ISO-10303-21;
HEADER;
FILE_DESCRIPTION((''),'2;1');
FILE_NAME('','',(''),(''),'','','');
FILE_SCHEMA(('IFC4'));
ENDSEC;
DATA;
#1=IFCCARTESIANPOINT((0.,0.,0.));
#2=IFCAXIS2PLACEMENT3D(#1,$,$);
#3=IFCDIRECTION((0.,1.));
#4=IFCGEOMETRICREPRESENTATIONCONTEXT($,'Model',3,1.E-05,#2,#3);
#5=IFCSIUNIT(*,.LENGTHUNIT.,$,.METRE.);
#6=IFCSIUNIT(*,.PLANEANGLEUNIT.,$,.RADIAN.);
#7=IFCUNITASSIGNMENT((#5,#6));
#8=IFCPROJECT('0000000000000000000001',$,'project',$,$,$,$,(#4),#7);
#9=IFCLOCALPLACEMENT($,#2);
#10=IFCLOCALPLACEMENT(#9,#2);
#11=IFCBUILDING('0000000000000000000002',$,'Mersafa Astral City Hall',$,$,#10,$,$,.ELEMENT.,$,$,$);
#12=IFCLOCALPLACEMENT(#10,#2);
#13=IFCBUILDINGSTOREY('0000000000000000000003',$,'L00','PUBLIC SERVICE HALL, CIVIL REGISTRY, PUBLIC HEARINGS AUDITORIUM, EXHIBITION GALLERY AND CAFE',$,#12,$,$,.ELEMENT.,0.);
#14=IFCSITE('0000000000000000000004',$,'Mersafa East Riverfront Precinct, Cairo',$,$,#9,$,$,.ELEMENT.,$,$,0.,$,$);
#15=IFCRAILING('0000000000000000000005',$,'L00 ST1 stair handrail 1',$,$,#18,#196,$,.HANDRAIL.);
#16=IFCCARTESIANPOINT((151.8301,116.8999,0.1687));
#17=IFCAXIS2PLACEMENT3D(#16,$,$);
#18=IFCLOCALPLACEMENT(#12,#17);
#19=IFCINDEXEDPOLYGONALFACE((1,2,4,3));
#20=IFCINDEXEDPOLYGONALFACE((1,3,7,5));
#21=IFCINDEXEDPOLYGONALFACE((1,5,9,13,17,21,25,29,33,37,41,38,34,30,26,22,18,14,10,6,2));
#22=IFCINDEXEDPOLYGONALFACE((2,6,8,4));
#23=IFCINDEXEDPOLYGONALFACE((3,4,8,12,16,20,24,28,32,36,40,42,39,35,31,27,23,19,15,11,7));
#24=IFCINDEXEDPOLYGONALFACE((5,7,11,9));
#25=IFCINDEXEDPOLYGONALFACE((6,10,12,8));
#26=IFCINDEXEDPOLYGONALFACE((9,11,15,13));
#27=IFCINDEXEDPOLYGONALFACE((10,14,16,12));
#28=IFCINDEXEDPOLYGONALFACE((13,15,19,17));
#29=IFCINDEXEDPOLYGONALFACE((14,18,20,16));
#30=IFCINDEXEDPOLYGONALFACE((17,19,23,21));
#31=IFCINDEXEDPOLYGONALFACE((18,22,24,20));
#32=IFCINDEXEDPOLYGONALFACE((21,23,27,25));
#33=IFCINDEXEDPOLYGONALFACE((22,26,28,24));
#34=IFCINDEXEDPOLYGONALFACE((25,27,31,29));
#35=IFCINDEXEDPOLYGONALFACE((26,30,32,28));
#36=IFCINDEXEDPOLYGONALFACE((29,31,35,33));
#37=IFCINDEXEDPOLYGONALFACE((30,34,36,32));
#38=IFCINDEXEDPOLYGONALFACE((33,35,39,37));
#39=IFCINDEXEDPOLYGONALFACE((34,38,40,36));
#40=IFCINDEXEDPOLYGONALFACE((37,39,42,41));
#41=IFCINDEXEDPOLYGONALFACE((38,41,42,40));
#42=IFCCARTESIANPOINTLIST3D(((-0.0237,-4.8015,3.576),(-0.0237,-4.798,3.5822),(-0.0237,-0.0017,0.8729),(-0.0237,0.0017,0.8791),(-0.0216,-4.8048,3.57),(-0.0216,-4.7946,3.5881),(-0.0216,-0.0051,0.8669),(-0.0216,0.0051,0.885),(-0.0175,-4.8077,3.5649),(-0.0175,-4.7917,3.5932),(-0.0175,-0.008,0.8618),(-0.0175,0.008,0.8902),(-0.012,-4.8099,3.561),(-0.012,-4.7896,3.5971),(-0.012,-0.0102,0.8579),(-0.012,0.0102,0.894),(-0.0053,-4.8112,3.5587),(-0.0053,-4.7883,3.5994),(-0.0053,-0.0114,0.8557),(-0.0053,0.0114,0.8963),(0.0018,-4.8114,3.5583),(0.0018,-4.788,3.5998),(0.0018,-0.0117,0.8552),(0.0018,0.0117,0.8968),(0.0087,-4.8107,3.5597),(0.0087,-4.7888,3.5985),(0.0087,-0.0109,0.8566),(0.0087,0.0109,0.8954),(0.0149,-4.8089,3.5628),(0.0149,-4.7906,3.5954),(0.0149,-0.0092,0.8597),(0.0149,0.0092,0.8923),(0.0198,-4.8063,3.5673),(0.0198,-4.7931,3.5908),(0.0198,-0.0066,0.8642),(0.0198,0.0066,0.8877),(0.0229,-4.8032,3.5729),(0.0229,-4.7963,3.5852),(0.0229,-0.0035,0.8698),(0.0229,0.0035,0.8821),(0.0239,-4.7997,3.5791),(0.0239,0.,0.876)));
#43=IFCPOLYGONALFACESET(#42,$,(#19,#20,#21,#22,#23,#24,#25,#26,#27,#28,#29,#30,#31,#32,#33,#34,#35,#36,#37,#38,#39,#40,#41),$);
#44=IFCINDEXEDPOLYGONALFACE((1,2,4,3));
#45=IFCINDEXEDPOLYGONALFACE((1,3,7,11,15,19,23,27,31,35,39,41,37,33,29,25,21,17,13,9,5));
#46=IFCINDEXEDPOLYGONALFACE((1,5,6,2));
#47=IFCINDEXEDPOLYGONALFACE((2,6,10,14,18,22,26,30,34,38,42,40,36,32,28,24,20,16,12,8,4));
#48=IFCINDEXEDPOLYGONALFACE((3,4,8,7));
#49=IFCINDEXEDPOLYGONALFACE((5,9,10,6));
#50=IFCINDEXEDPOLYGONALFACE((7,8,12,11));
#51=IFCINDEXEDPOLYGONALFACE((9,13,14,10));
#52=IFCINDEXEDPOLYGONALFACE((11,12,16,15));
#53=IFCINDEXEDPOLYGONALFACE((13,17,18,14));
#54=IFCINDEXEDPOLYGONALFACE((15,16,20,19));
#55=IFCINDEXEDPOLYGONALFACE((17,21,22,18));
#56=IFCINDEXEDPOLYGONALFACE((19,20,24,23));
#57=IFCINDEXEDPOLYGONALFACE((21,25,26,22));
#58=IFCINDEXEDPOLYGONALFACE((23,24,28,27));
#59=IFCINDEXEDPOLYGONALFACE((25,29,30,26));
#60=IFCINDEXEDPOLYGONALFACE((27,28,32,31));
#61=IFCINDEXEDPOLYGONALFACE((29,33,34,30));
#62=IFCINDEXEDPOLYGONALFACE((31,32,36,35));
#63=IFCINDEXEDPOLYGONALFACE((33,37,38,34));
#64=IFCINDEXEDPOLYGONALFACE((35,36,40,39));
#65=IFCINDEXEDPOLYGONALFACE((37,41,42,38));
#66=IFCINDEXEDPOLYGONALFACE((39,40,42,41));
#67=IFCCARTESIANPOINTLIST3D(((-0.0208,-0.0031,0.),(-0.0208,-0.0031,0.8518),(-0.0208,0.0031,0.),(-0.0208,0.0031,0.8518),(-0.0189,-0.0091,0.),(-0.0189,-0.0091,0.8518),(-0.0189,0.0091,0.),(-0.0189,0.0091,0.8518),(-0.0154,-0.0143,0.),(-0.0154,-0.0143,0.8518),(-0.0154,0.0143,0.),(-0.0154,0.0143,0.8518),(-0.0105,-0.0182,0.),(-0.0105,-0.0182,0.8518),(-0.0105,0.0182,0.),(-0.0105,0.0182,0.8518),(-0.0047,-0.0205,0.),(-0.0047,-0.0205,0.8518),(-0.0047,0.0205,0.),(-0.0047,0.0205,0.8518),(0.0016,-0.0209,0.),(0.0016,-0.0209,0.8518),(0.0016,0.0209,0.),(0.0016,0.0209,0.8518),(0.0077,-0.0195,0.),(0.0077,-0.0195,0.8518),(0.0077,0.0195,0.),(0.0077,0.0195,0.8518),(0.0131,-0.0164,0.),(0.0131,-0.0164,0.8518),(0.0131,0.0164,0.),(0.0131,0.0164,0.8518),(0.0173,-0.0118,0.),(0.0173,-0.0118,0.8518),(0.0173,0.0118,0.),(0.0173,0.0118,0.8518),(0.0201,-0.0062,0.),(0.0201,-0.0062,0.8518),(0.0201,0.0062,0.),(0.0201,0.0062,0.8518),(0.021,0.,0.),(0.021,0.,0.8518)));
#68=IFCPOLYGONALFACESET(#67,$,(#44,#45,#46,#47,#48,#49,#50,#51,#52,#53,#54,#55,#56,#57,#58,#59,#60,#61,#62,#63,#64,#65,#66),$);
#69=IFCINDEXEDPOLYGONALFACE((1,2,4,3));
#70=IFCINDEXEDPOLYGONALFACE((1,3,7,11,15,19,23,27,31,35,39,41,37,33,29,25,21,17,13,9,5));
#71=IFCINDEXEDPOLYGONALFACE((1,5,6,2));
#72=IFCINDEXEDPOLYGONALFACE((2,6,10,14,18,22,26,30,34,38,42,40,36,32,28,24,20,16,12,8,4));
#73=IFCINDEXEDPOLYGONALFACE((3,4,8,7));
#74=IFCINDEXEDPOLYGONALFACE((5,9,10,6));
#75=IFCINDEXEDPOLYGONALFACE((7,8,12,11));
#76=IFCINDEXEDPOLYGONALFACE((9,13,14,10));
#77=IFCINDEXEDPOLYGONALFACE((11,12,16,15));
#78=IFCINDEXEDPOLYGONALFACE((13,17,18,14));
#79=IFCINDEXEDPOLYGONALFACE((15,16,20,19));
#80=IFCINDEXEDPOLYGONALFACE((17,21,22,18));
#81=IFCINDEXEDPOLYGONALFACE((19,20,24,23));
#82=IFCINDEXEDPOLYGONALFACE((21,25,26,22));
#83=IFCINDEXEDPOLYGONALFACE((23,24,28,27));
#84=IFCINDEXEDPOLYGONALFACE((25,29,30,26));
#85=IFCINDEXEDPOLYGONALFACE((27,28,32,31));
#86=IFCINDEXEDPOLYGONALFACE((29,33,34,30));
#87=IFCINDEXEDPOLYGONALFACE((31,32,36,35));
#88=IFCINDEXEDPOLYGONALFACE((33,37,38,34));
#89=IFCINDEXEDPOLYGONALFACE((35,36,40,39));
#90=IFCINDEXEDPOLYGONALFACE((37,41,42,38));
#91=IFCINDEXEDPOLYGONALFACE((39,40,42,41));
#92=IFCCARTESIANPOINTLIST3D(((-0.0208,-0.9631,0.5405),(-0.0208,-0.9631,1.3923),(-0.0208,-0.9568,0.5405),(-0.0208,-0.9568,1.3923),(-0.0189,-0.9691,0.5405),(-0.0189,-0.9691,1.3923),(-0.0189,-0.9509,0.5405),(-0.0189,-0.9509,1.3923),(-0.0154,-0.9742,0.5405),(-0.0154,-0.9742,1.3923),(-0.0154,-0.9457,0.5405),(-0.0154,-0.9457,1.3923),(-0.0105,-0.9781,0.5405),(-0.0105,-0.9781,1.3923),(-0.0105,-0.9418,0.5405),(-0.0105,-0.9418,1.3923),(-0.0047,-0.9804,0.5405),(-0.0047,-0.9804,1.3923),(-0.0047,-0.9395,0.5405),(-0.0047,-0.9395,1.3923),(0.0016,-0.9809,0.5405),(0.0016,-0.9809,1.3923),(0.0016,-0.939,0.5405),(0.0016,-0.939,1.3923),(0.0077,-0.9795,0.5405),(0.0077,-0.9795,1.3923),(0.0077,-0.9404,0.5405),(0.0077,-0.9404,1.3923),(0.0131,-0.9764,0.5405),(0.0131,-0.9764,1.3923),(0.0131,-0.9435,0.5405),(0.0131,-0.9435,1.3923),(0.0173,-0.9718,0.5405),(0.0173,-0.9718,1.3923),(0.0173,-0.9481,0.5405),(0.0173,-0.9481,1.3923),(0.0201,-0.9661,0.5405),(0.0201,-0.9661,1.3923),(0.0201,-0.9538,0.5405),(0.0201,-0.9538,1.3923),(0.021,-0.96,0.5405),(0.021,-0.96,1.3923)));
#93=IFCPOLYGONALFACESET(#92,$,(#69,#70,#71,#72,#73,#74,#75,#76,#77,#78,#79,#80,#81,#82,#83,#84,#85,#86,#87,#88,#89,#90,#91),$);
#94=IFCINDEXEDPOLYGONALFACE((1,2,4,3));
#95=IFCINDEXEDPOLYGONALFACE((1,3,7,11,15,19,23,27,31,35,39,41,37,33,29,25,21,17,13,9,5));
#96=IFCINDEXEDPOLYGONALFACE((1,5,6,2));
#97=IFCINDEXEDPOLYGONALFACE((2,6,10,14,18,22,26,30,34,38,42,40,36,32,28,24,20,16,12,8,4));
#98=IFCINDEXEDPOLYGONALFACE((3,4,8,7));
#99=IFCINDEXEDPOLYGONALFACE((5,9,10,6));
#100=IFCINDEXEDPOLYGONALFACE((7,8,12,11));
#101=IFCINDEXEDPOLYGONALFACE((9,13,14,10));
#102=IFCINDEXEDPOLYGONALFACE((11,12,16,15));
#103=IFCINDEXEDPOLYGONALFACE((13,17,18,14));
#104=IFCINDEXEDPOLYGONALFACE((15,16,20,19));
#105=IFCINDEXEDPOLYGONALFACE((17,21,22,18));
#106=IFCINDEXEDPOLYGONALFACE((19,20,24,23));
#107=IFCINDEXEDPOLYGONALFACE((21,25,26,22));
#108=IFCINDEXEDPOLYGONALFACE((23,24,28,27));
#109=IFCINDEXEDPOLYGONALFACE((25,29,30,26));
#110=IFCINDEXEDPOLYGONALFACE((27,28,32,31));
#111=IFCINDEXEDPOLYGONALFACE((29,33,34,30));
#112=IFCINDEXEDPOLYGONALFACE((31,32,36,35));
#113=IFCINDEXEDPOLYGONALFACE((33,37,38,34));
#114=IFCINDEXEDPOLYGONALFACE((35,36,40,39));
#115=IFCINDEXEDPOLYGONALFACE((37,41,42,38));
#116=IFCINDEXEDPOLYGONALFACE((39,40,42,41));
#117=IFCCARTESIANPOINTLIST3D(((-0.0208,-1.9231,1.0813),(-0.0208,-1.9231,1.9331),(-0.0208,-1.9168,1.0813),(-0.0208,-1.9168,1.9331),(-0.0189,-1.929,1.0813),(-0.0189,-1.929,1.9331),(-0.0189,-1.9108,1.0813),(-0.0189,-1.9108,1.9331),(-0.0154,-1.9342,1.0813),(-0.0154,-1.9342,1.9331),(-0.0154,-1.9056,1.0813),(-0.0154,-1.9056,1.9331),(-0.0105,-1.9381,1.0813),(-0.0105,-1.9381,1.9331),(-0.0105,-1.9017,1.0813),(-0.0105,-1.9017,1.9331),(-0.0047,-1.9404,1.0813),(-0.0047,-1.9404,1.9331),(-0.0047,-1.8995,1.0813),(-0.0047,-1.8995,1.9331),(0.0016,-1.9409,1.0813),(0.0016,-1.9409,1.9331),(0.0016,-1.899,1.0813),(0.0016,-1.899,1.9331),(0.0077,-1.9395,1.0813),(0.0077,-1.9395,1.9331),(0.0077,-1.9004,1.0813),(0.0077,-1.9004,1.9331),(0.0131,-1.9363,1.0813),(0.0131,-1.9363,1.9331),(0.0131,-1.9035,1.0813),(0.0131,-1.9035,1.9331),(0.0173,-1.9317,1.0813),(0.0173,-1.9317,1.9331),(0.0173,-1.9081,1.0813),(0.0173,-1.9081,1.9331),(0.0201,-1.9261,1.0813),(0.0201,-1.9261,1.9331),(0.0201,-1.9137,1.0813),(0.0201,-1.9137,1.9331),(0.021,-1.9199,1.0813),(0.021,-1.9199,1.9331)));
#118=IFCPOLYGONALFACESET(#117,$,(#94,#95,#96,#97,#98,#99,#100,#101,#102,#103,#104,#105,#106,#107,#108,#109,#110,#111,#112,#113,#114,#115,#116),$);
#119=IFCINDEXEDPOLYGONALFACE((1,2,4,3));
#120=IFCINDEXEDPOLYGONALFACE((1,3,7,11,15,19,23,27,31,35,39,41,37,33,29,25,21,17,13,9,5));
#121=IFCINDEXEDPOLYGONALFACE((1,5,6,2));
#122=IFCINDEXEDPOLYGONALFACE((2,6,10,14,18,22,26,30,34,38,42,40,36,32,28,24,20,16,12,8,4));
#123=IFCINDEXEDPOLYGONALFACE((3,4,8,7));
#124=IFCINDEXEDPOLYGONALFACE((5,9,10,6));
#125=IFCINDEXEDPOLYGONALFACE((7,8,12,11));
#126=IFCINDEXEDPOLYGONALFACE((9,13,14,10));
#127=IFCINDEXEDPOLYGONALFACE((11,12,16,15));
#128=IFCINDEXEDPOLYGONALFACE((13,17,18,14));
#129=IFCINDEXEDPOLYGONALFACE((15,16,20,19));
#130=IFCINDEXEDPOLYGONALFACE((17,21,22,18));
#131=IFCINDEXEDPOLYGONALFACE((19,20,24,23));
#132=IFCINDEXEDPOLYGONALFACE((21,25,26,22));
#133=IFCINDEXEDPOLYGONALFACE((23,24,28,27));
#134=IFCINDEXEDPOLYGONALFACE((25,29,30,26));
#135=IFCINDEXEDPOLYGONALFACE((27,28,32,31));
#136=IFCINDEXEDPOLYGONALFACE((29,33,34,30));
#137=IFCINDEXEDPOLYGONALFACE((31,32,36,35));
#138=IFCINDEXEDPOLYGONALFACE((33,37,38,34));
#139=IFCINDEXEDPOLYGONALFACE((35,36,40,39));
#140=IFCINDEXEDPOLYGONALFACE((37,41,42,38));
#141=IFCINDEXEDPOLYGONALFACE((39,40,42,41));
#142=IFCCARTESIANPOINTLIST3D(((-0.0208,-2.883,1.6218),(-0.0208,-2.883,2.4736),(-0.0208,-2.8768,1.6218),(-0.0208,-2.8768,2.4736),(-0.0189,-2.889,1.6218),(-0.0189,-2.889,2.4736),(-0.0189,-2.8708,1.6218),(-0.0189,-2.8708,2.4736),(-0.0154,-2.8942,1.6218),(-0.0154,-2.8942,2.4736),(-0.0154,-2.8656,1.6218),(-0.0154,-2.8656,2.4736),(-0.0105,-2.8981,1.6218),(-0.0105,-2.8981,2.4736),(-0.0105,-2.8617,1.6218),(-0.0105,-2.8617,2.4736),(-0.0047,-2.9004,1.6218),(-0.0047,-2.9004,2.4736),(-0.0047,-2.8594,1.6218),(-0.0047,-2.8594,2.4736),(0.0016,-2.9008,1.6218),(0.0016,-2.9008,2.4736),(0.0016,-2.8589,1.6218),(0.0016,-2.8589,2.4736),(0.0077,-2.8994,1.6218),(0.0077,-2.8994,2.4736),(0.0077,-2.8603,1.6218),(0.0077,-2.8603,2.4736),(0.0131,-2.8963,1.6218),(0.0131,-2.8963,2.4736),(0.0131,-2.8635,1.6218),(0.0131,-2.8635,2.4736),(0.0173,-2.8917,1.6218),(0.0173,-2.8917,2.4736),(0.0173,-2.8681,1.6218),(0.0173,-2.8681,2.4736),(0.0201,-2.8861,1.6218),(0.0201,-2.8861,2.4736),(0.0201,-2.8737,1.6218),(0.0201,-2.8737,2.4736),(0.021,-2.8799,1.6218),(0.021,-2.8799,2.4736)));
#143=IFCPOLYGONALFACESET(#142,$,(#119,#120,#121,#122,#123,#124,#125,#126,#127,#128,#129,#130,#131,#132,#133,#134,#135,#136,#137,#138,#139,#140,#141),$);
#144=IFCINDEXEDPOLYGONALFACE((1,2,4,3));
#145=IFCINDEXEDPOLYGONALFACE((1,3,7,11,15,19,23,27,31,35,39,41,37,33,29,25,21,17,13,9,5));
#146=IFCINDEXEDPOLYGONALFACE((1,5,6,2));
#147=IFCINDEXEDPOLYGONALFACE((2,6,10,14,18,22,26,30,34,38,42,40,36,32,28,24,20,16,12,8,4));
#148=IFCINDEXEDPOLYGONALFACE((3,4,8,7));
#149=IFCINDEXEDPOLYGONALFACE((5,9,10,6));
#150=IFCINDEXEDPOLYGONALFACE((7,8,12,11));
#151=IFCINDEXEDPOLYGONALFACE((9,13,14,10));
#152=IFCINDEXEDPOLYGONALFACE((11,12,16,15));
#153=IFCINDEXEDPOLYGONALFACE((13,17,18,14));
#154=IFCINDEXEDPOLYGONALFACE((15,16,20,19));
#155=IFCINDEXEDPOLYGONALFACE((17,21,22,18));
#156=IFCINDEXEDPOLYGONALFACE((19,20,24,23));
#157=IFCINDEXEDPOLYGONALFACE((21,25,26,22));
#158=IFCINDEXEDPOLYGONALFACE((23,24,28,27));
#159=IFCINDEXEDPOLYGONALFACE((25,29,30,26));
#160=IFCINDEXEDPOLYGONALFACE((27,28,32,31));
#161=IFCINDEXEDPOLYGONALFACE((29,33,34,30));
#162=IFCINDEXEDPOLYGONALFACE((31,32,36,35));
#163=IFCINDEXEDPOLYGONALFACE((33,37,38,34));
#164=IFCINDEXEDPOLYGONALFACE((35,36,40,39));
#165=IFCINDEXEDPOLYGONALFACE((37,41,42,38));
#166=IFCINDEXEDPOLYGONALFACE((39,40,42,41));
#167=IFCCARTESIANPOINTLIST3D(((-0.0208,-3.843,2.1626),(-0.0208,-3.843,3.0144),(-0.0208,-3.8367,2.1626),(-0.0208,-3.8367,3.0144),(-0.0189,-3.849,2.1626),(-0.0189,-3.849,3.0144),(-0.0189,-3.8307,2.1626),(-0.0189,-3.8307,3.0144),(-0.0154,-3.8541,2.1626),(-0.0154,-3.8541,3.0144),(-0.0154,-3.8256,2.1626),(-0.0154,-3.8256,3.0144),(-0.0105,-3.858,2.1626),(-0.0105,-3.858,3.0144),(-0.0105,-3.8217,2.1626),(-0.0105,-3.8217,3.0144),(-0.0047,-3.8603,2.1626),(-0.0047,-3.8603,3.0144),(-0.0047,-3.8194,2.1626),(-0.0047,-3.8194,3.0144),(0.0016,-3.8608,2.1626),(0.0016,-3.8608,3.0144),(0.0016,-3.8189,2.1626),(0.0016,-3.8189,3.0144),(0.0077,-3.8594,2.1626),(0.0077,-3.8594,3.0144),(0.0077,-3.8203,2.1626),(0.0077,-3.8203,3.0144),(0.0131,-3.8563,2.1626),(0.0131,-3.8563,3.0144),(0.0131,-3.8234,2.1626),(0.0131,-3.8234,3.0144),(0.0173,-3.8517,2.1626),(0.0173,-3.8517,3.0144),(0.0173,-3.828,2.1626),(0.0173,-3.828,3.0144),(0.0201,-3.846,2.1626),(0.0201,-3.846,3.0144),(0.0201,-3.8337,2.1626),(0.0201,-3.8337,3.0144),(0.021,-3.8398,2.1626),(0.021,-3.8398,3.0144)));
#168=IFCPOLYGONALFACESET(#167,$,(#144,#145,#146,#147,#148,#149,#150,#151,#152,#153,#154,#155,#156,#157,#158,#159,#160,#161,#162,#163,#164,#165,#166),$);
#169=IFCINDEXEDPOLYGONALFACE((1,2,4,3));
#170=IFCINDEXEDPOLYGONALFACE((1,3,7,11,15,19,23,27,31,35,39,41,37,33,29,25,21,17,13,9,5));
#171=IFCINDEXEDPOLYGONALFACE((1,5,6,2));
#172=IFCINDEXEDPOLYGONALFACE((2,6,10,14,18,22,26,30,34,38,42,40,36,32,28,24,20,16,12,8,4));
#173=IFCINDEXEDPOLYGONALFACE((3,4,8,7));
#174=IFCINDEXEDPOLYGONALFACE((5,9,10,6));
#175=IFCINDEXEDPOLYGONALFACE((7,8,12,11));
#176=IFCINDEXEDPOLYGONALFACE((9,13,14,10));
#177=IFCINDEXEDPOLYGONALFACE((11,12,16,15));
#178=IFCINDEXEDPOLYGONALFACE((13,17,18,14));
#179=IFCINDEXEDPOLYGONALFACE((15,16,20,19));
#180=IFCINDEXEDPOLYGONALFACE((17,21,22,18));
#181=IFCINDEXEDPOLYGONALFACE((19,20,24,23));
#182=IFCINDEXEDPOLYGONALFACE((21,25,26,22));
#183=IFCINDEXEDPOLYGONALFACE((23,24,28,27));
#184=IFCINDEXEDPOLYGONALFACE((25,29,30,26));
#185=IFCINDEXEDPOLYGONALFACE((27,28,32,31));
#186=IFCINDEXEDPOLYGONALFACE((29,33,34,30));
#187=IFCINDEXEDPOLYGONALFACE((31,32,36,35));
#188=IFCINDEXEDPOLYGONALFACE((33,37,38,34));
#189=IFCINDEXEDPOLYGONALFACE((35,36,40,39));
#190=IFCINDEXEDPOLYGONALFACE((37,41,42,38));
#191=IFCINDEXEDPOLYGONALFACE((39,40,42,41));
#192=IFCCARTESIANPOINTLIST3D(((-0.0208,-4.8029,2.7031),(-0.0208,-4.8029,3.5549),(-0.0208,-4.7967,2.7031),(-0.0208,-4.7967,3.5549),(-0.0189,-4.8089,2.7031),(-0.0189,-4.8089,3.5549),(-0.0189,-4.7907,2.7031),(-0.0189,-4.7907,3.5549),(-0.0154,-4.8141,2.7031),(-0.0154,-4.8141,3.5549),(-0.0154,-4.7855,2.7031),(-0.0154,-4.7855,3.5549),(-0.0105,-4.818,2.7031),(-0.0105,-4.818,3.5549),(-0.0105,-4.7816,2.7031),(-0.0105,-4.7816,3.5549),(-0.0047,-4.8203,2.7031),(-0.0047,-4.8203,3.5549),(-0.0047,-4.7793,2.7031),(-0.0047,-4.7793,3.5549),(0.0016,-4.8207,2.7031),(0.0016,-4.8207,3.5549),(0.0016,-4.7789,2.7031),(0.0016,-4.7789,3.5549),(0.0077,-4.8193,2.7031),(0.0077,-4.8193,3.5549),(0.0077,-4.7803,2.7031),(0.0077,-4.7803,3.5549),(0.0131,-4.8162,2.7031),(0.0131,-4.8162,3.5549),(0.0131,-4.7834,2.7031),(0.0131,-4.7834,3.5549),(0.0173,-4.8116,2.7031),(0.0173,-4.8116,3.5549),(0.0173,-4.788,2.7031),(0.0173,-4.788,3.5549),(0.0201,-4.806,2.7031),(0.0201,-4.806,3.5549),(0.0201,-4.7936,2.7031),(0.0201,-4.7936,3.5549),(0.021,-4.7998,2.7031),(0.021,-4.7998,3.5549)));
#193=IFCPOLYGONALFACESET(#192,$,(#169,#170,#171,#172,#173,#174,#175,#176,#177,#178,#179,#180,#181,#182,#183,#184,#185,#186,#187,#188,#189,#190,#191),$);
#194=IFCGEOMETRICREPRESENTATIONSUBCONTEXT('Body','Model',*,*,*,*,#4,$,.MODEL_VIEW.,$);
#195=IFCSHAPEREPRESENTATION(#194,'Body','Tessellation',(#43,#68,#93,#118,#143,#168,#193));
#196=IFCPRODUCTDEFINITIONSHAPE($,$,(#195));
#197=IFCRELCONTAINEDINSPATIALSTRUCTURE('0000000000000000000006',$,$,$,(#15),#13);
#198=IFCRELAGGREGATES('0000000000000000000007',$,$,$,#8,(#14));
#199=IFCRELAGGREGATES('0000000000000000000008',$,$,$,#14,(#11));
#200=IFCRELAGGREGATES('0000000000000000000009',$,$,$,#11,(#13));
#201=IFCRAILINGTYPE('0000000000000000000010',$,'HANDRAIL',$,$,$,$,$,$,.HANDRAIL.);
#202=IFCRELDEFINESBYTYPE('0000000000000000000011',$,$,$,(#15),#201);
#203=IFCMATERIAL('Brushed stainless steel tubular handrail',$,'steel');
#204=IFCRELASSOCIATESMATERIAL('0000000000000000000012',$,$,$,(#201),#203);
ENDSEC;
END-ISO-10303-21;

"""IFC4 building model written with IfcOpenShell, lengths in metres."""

from ifc_helpers import new_model, si_unit, direction, frame, origin, origin_2d, place, context, subcontext, project, spatial, circle, extrude, material, type_object, element, save


model = new_model("IFC4")

# Units and contexts
model_context = context("Model", 3, precision=1e-05, world=origin(), true_north=direction((0.0, 1.0)))
body_context = subcontext(model_context, "Body", "Model", "MODEL_VIEW")
ifc_project = project(units=[si_unit("LENGTHUNIT", "METRE"), si_unit("PLANEANGLEUNIT", "RADIAN")], contexts=[model_context])

# Site, building, storey
site_placement = place(None, origin())
site = spatial("IfcSite", under=ifc_project, at=site_placement, Name="Mersafa East Riverfront Precinct, Cairo", CompositionType="ELEMENT", RefElevation=0.0)
building_placement = place(site_placement, origin())
building = spatial("IfcBuilding", under=site, at=building_placement, Name="Mersafa Astral City Hall", CompositionType="ELEMENT")
storey_placement = place(building_placement, origin())
storey = spatial("IfcBuildingStorey", under=building, at=storey_placement, Name="L00", Description="PUBLIC SERVICE HALL, CIVIL REGISTRY, PUBLIC HEARINGS AUDITORIUM, EXHIBITION GALLERY AND CAFE", CompositionType="ELEMENT", Elevation=0.0)

# Railing
ifc_material_1 = material(Name="Brushed stainless steel tubular handrail", Category="steel")
railing_type_1 = type_object("IfcRailingType", Name="HANDRAIL", PredefinedType="HANDRAIL", material=ifc_material_1)
railing_1_placement = place(storey_placement, frame((151.8301, 116.8999, 0.1687)))
element("IfcRailing", 1, at=railing_1_placement, inside=storey, type_object=railing_type_1, Name="L00 ST1 stair handrail 1", PredefinedType="HANDRAIL", context=body_context, shape_type="SweptSolid", body=[
    extrude(circle(Radius=0.0239, at=origin_2d()), frame((0.0, 0.0, 0.876), z_axis=(0.0, -0.871324, 0.490707), x_axis=(1.0, 0.0, 0.0)), (0.0, 0.0, 1.0), 5.5085),
    extrude(circle(Radius=0.021, at=origin_2d()), origin(), (0.0, 0.0, 1.0), 0.8518),
    extrude(circle(Radius=0.021, at=origin_2d()), frame((0.0, -0.96, 0.5405)), (0.0, 0.0, 1.0), 0.8518),
    extrude(circle(Radius=0.021, at=origin_2d()), frame((0.0, -1.9199, 1.0813)), (0.0, 0.0, 1.0), 0.8518),
    extrude(circle(Radius=0.021, at=origin_2d()), frame((0.0, -2.8799, 1.6218)), (0.0, 0.0, 1.0), 0.8518),
    extrude(circle(Radius=0.021, at=origin_2d()), frame((0.0, -3.8398, 2.1626)), (0.0, 0.0, 1.0), 0.8518),
    extrude(circle(Radius=0.021, at=origin_2d()), frame((0.0, -4.7998, 2.7031)), (0.0, 0.0, 1.0), 0.8518),
])

save(model, "model.ifc")
